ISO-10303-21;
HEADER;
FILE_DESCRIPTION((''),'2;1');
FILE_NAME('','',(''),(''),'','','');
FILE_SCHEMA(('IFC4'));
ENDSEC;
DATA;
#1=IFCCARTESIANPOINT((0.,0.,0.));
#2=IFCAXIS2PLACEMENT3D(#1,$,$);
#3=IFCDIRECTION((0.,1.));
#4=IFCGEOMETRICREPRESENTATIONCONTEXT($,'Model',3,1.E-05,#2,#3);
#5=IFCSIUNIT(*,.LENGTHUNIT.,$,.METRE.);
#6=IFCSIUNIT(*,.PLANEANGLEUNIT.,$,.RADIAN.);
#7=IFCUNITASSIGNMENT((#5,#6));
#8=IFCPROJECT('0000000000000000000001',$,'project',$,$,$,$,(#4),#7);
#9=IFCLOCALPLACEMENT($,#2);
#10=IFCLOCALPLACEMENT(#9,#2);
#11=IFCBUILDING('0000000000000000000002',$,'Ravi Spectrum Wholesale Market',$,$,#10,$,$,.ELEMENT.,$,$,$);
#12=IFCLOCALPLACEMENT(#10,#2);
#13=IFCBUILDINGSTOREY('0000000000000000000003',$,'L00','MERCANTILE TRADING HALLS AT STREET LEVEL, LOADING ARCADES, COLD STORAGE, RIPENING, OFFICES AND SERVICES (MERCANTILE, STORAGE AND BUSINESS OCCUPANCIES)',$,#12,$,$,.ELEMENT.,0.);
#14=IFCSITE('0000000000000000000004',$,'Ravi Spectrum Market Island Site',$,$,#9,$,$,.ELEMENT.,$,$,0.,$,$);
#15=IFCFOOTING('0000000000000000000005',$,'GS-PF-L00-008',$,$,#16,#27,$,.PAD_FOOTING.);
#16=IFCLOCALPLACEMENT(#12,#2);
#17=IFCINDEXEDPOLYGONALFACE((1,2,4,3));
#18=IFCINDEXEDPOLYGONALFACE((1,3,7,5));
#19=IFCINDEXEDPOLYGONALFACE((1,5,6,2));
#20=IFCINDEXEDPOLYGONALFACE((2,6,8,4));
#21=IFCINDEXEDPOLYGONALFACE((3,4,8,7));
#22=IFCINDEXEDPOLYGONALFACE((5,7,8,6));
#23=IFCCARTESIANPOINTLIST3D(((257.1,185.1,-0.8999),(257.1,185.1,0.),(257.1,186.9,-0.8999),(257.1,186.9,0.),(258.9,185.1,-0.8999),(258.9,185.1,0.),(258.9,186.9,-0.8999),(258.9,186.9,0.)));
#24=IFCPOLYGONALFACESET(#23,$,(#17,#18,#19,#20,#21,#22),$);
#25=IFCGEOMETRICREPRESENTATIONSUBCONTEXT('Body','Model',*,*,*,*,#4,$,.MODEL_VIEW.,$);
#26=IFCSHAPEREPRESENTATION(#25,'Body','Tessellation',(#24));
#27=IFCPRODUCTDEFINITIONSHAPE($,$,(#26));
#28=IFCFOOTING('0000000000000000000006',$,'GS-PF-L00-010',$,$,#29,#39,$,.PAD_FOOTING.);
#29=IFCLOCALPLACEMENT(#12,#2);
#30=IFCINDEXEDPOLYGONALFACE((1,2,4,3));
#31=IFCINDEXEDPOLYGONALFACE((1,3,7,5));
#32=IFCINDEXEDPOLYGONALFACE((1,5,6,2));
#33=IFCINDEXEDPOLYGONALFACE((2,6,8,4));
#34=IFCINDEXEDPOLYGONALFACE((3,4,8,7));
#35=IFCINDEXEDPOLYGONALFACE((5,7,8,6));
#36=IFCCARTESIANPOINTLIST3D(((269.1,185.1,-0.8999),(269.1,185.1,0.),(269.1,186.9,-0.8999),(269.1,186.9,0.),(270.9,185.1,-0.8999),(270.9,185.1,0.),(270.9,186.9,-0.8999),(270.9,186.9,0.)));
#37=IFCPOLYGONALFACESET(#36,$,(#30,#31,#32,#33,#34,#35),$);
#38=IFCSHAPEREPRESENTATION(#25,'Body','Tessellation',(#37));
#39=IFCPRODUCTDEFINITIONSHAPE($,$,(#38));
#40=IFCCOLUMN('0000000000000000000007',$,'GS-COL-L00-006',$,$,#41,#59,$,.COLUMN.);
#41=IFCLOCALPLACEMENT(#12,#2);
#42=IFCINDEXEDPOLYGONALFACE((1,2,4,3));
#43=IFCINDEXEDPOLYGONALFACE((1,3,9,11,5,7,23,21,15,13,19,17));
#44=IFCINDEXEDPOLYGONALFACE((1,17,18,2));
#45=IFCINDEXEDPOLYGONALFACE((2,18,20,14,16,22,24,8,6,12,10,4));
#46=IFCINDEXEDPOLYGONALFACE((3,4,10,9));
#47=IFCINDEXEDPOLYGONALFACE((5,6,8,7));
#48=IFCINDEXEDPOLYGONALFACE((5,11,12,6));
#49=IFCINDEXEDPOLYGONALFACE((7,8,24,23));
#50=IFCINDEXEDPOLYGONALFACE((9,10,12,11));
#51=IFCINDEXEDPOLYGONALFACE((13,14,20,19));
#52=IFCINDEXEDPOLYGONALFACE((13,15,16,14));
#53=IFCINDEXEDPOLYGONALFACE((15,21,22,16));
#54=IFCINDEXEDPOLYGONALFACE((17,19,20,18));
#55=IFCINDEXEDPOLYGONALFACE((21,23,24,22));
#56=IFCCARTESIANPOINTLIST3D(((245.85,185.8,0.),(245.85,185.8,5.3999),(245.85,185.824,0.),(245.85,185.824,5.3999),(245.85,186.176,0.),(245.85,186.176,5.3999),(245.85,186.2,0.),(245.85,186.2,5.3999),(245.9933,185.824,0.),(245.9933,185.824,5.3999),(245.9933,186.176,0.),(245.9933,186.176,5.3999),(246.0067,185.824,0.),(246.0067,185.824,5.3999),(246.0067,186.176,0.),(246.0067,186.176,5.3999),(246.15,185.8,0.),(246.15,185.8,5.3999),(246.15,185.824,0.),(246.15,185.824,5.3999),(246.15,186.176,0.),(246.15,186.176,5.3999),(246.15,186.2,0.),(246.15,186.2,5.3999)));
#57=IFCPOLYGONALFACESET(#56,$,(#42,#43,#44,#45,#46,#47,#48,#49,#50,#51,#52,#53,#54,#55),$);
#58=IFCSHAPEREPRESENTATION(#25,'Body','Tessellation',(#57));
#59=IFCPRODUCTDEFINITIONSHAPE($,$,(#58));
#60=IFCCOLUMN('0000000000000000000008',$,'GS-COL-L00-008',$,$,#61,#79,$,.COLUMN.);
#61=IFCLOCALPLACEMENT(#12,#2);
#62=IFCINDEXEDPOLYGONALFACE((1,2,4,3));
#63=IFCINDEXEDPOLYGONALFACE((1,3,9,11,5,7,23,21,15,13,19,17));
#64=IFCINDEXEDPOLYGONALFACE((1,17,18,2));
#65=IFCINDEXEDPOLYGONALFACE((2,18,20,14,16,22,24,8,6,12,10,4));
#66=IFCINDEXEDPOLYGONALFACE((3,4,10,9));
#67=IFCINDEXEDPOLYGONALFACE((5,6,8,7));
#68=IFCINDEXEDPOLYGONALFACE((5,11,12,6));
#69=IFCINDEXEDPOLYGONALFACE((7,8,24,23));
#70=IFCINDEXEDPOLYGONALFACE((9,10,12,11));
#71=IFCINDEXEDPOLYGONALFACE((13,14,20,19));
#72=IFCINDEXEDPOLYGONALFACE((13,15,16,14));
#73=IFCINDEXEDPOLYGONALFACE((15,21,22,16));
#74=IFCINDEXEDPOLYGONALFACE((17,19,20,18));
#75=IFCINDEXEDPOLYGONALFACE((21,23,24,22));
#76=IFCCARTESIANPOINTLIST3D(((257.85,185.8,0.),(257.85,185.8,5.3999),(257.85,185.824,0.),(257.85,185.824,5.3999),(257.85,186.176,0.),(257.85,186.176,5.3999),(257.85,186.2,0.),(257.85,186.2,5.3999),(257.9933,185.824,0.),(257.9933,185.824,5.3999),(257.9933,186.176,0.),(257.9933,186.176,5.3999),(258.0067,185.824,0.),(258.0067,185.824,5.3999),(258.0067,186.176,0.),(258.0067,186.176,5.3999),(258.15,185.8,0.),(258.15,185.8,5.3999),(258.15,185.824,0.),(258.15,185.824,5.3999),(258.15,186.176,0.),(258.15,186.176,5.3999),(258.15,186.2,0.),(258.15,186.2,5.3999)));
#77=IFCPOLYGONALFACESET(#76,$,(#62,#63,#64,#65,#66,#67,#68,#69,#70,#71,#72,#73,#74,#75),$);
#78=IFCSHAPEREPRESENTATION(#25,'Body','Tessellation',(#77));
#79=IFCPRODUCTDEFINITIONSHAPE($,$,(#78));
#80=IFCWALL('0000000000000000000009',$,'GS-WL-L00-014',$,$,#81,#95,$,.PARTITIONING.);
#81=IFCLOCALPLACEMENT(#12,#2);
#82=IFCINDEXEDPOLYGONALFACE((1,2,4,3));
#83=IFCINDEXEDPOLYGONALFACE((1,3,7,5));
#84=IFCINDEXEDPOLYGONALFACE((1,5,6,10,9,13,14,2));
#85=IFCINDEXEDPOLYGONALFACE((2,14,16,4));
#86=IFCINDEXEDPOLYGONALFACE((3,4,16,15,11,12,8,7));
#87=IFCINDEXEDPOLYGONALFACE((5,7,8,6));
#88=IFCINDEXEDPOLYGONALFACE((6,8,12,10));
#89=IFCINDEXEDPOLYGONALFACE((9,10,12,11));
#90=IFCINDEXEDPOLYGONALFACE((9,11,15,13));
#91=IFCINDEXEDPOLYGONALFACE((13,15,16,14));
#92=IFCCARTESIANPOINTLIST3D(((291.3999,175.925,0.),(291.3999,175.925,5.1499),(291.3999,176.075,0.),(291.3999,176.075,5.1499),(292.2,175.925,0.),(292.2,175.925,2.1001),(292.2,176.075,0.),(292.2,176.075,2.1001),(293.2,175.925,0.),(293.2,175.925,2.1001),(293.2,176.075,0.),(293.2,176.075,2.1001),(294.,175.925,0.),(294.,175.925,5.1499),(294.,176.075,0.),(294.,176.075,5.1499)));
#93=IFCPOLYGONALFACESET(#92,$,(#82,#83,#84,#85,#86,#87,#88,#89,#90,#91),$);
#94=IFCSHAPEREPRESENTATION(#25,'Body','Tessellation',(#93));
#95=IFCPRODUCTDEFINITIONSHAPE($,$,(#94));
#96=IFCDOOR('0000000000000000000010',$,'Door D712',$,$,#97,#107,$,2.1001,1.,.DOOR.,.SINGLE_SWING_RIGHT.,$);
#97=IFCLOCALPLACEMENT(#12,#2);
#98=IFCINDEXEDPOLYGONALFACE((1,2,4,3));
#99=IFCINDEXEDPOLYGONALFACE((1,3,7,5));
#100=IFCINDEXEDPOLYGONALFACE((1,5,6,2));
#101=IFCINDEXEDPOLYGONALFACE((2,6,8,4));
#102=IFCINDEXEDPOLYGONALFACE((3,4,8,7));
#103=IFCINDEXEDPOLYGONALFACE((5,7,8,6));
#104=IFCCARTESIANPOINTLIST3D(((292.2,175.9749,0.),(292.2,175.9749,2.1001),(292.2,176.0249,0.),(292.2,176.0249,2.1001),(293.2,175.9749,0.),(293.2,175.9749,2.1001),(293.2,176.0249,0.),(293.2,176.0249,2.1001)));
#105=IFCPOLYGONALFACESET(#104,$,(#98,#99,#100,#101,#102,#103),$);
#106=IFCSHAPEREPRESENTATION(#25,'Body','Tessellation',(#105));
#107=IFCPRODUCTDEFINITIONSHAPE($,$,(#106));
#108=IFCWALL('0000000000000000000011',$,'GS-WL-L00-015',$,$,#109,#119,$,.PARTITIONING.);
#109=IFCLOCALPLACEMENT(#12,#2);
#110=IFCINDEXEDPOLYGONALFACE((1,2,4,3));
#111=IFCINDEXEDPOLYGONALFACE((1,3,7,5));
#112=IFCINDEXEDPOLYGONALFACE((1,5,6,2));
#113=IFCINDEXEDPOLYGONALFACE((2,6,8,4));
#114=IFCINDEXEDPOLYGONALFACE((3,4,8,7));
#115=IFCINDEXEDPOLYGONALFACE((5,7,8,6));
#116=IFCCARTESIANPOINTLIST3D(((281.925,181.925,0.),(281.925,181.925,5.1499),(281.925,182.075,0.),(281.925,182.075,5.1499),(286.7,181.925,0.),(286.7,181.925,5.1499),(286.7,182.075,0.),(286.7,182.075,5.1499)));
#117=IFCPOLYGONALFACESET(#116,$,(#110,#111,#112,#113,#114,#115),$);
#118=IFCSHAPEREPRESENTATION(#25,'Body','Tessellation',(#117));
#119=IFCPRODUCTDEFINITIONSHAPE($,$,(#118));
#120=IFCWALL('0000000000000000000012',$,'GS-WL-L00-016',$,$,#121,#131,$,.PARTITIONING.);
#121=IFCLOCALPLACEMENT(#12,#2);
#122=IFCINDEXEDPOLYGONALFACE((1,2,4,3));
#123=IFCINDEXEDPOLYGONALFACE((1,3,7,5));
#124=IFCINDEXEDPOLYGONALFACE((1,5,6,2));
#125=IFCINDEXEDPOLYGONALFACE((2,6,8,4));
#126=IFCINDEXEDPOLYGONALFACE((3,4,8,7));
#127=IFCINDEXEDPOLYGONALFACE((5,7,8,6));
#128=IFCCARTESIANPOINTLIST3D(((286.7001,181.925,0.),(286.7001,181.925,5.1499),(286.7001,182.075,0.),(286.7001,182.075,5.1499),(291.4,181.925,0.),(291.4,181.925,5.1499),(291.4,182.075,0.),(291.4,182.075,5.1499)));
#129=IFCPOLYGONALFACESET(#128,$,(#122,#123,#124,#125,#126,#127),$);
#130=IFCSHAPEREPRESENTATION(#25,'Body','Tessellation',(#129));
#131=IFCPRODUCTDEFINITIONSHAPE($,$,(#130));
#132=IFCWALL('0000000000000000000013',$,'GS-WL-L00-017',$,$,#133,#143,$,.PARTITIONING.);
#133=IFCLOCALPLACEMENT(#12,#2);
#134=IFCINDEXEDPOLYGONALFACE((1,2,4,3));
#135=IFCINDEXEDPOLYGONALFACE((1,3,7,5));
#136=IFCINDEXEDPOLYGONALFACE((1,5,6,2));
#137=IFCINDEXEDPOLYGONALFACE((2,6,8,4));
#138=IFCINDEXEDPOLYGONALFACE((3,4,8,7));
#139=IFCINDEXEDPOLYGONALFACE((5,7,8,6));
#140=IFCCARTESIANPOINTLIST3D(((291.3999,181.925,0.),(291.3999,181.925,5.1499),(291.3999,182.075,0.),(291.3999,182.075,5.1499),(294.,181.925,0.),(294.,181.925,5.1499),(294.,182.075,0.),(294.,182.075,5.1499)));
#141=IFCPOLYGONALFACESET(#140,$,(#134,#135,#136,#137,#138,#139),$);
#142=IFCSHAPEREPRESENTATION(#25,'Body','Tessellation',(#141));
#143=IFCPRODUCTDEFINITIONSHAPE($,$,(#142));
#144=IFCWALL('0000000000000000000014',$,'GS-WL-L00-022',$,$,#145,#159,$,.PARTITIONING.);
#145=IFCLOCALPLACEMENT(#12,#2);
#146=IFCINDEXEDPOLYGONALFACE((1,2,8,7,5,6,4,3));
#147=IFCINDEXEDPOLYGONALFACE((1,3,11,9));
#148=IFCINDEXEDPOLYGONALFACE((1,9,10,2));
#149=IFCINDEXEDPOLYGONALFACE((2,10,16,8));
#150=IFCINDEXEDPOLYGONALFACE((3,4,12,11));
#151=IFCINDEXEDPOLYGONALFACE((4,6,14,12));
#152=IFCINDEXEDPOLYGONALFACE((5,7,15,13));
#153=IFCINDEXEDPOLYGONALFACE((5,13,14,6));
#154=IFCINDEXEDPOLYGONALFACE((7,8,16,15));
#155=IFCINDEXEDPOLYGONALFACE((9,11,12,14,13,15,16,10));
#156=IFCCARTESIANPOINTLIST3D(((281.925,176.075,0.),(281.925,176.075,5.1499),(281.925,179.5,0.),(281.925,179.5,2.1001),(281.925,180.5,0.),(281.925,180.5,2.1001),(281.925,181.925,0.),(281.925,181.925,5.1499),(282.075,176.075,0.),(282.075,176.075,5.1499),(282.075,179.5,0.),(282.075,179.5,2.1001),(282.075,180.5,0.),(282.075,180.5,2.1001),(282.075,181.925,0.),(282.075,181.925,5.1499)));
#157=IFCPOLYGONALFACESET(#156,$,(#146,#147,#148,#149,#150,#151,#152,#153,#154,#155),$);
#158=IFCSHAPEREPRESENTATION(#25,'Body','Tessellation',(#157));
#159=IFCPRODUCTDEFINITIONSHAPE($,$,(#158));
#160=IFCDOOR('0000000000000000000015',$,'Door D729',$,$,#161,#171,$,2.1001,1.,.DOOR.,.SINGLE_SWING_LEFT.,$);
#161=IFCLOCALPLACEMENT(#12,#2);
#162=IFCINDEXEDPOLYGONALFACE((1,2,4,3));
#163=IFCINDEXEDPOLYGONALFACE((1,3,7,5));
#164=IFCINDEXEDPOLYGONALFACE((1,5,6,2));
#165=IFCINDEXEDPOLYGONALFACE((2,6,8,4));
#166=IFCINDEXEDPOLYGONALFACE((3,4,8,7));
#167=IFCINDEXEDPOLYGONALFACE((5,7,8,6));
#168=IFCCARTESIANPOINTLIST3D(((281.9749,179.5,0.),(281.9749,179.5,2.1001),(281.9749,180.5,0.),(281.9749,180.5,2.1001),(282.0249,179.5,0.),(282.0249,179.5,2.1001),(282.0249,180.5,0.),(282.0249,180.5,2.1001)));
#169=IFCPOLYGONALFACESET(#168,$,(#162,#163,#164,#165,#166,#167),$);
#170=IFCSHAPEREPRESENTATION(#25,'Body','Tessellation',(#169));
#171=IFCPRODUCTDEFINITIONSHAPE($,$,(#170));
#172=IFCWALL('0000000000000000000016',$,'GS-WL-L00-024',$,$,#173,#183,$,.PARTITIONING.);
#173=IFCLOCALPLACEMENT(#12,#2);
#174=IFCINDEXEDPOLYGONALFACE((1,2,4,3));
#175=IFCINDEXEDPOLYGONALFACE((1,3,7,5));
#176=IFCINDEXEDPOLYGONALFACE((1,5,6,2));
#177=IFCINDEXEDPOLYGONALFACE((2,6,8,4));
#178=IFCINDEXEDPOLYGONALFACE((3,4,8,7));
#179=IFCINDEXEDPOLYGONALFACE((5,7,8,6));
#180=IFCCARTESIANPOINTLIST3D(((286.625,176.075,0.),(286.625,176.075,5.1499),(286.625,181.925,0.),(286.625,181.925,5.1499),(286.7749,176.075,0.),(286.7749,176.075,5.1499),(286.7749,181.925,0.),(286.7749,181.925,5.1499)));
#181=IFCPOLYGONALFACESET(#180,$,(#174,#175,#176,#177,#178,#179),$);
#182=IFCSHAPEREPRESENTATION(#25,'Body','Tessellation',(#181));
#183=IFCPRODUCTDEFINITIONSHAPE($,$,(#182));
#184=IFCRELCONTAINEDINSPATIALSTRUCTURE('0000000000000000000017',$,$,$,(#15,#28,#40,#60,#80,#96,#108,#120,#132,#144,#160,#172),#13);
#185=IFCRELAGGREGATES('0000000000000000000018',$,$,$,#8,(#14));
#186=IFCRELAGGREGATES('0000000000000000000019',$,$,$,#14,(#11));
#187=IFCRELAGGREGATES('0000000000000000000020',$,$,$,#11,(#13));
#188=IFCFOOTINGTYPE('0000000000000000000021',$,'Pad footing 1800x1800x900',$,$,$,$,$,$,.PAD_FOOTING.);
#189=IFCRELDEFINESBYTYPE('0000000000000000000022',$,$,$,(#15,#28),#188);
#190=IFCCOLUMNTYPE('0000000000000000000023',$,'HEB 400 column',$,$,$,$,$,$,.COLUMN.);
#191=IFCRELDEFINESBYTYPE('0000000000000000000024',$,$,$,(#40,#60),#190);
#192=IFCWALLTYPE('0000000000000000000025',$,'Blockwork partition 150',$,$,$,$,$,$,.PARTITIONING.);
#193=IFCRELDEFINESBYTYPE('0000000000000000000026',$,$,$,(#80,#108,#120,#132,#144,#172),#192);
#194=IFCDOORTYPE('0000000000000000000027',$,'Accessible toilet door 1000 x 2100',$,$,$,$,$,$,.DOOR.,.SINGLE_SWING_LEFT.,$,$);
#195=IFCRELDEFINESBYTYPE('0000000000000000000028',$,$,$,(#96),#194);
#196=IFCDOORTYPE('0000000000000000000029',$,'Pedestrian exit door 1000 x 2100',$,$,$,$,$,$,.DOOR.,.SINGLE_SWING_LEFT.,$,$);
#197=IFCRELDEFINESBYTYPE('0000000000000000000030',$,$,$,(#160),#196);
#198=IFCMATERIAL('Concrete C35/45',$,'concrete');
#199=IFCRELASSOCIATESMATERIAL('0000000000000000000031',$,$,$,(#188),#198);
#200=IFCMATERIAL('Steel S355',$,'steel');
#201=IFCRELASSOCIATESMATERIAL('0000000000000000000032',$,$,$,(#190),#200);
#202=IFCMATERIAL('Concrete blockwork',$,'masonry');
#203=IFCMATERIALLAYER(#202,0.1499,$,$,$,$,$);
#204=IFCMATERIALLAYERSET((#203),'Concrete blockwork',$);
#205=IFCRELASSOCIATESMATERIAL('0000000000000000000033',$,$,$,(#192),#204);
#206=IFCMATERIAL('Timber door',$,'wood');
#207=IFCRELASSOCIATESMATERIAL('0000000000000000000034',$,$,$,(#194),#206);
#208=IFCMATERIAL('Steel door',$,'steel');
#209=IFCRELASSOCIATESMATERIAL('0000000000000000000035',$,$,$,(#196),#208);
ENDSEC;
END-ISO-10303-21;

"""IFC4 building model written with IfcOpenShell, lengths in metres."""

from ifc_helpers import new_model, si_unit, direction, frame, frame_2d, origin, origin_2d, place, context, subcontext, project, spatial, rectangle, i_section, extrude, material, layer, layer_set, material_profile, profile_set, type_object, element, fill, save


model = new_model("IFC4")

# Units and contexts
model_context = context("Model", 3, precision=1e-05, world=origin(), true_north=direction((0.0, 1.0)))
body_context = subcontext(model_context, "Body", "Model", "MODEL_VIEW")
ifc_project = project(units=[si_unit("LENGTHUNIT", "METRE"), si_unit("PLANEANGLEUNIT", "RADIAN")], contexts=[model_context])

# Site, building, storey
site_placement = place(None, origin())
site = spatial("IfcSite", under=ifc_project, at=site_placement, Name="Ravi Spectrum Market Island Site", CompositionType="ELEMENT", RefElevation=0.0)
building_placement = place(site_placement, origin())
building = spatial("IfcBuilding", under=site, at=building_placement, Name="Ravi Spectrum Wholesale Market", CompositionType="ELEMENT")
storey_placement = place(building_placement, origin())
storey = spatial("IfcBuildingStorey", under=building, at=storey_placement, Name="L00", Description="MERCANTILE TRADING HALLS AT STREET LEVEL, LOADING ARCADES, COLD STORAGE, RIPENING, OFFICES AND SERVICES (MERCANTILE, STORAGE AND BUSINESS OCCUPANCIES)", CompositionType="ELEMENT", Elevation=0.0)

# Footings
ifc_material_1 = material(Name="Concrete C35/45", Category="concrete")
footing_type = type_object("IfcFootingType", Name="Pad footing 1800x1800x900", PredefinedType="PAD_FOOTING", material=ifc_material_1)
for number, where, z_axis, x_axis, name in (
    (1, (258.0, 186.0, -0.8999), (0.0, 0.0, 1.0), (1.0, 0.0, 0.0), "GS-PF-L00-008"),
    (2, (270.0, 186.0, -0.8999), (0.0, 0.0, 1.0), (1.0, 0.0, 0.0), "GS-PF-L00-010"),
):
    element("IfcFooting", number, at=place(storey_placement, frame(where, z_axis=z_axis, x_axis=x_axis)), inside=storey, type_object=footing_type, Name=name, PredefinedType="PAD_FOOTING", context=body_context, shape_type="SweptSolid", body=[
        extrude(rectangle(XDim=1.8, YDim=1.8, at=origin_2d()), origin(), (0.0, 0.0, 1.0), 0.8999),
    ])

# Columns
ifc_material_2 = material(Name="Steel S355", Category="steel")
ifc_material_profile = material_profile(ifc_material_2, i_section(OverallWidth=0.3, OverallDepth=0.3999, WebThickness=0.0134, FlangeThickness=0.0239, at=origin_2d()))
ifc_profile_set = profile_set([ifc_material_profile], Name="Steel S355")
column_type = type_object("IfcColumnType", Name="HEB 400 column", PredefinedType="COLUMN", material=ifc_profile_set)
for number, where, z_axis, x_axis, name in (
    (3, (246.0, 186.0, 0.0), (0.0, 0.0, 1.0), (1.0, 0.0, 0.0), "GS-COL-L00-006"),
    (4, (258.0, 186.0, 0.0), (0.0, 0.0, 1.0), (1.0, 0.0, 0.0), "GS-COL-L00-008"),
):
    element("IfcColumn", number, at=place(storey_placement, frame(where, z_axis=z_axis, x_axis=x_axis)), inside=storey, type_object=column_type, Name=name, PredefinedType="COLUMN", context=body_context, shape_type="SweptSolid", body=[
        extrude(i_section(OverallWidth=0.3, OverallDepth=0.3999, WebThickness=0.0134, FlangeThickness=0.0239, at=origin_2d()), origin(), (0.0, 0.0, 1.0), 5.3999),
    ])

# Wall, opening, door
ifc_material_3 = material(Name="Concrete blockwork", Category="masonry")
ifc_layer = layer(ifc_material_3, 0.1499)
ifc_layer_set = layer_set([ifc_layer], Name="Concrete blockwork")
wall_type = type_object("IfcWallType", Name="Blockwork partition 150", PredefinedType="PARTITIONING", material=ifc_layer_set)
wall_1_placement = place(storey_placement, frame((291.3999, 176.0, 0.0), z_axis=(0.0, 0.0, 1.0), x_axis=(1.0, 0.0, 0.0)))
wall_1 = element("IfcWall", 5, at=wall_1_placement, inside=storey, type_object=wall_type, Name="GS-WL-L00-014", PredefinedType="PARTITIONING", context=body_context, shape_type="SweptSolid", body=[
    extrude(rectangle(XDim=2.6001, YDim=0.1499, at=frame_2d((1.3, 0.0))), origin(), (0.0, 0.0, 1.0), 5.1499),
])
opening_1_placement = place(wall_1_placement, frame((0.8, 0.0, 0.0)))
opening_1 = element("IfcOpeningElement", 6, at=opening_1_placement, cuts=wall_1, PredefinedType="OPENING", context=body_context, shape_type="SweptSolid", body=[
    extrude(rectangle(XDim=1.0, YDim=2.1001, at=frame_2d((0.5, 1.05))), frame((0.0, 0.085, 0.0), z_axis=(0.0, -1.0, 0.0), x_axis=(1.0, 0.0, 0.0)), (0.0, 0.0, 1.0), 0.1699),
])
ifc_material_4 = material(Name="Timber door", Category="wood")
door_type_1 = type_object("IfcDoorType", Name="Accessible toilet door 1000 x 2100", OperationType="SINGLE_SWING_LEFT", PredefinedType="DOOR", material=ifc_material_4)
door_1_placement = place(opening_1_placement, origin())
door_1 = element("IfcDoor", 7, at=door_1_placement, inside=storey, type_object=door_type_1, Name="Door D712", OperationType="SINGLE_SWING_RIGHT", OverallHeight=2.1001, OverallWidth=1.0, PredefinedType="DOOR", context=body_context, shape_type="SweptSolid", body=[
    extrude(rectangle(XDim=1.0, YDim=2.1001, at=frame_2d((0.5, 1.05))), frame((0.0, 0.0249, 0.0), z_axis=(0.0, -1.0, 0.0), x_axis=(1.0, 0.0, 0.0)), (0.0, 0.0, 1.0), 0.05),
])
fill(opening_1, door_1)

# Walls
wall_2_placement = place(storey_placement, frame((281.925, 182.0, 0.0), z_axis=(0.0, 0.0, 1.0), x_axis=(1.0, 0.0, 0.0)))
element("IfcWall", 8, at=wall_2_placement, inside=storey, type_object=wall_type, Name="GS-WL-L00-015", PredefinedType="PARTITIONING", context=body_context, shape_type="SweptSolid", body=[
    extrude(rectangle(XDim=4.7749, YDim=0.1499, at=frame_2d((2.3875, 0.0))), origin(), (0.0, 0.0, 1.0), 5.1499),
])
wall_3_placement = place(storey_placement, frame((286.7, 182.0, 0.0), z_axis=(0.0, 0.0, 1.0), x_axis=(1.0, 0.0, 0.0)))
element("IfcWall", 9, at=wall_3_placement, inside=storey, type_object=wall_type, Name="GS-WL-L00-016", PredefinedType="PARTITIONING", context=body_context, shape_type="SweptSolid", body=[
    extrude(rectangle(XDim=4.7, YDim=0.1499, at=frame_2d((2.3501, 0.0))), origin(), (0.0, 0.0, 1.0), 5.1499),
])
wall_4_placement = place(storey_placement, frame((291.3999, 182.0, 0.0), z_axis=(0.0, 0.0, 1.0), x_axis=(1.0, 0.0, 0.0)))
element("IfcWall", 10, at=wall_4_placement, inside=storey, type_object=wall_type, Name="GS-WL-L00-017", PredefinedType="PARTITIONING", context=body_context, shape_type="SweptSolid", body=[
    extrude(rectangle(XDim=2.6001, YDim=0.1499, at=frame_2d((1.3, 0.0))), origin(), (0.0, 0.0, 1.0), 5.1499),
])

# Wall, opening, door
wall_5_placement = place(storey_placement, frame((282.0, 176.075, 0.0), z_axis=(0.0, 0.0, 1.0), x_axis=(0.0, 1.0, 0.0)))
wall_5 = element("IfcWall", 11, at=wall_5_placement, inside=storey, type_object=wall_type, Name="GS-WL-L00-022", PredefinedType="PARTITIONING", context=body_context, shape_type="SweptSolid", body=[
    extrude(rectangle(XDim=5.8501, YDim=0.1499, at=frame_2d((2.925, 0.0))), origin(), (0.0, 0.0, 1.0), 5.1499),
])
opening_2_placement = place(wall_5_placement, frame((4.425, 0.0, 0.0), z_axis=(0.0, 0.0, 1.0), x_axis=(-1.0, 0.0, 0.0)))
opening_2 = element("IfcOpeningElement", 12, at=opening_2_placement, cuts=wall_5, PredefinedType="OPENING", context=body_context, shape_type="SweptSolid", body=[
    extrude(rectangle(XDim=1.0, YDim=2.1001, at=frame_2d((0.5, 1.05))), frame((0.0, 0.085, 0.0), z_axis=(0.0, -1.0, 0.0), x_axis=(1.0, 0.0, 0.0)), (0.0, 0.0, 1.0), 0.1699),
])
ifc_material_5 = material(Name="Steel door", Category="steel")
door_type_2 = type_object("IfcDoorType", Name="Pedestrian exit door 1000 x 2100", OperationType="SINGLE_SWING_LEFT", PredefinedType="DOOR", material=ifc_material_5)
door_2_placement = place(opening_2_placement, origin())
door_2 = element("IfcDoor", 13, at=door_2_placement, inside=storey, type_object=door_type_2, Name="Door D729", OperationType="SINGLE_SWING_LEFT", OverallHeight=2.1001, OverallWidth=1.0, PredefinedType="DOOR", context=body_context, shape_type="SweptSolid", body=[
    extrude(rectangle(XDim=1.0, YDim=2.1001, at=frame_2d((0.5, 1.05))), frame((0.0, 0.0249, 0.0), z_axis=(0.0, -1.0, 0.0), x_axis=(1.0, 0.0, 0.0)), (0.0, 0.0, 1.0), 0.05),
])
fill(opening_2, door_2)

# Wall
for number, where, z_axis, x_axis, name in (
    (14, (286.7, 176.075, 0.0), (0.0, 0.0, 1.0), (0.0, 1.0, 0.0), "GS-WL-L00-024"),
):
    element("IfcWall", number, at=place(storey_placement, frame(where, z_axis=z_axis, x_axis=x_axis)), inside=storey, type_object=wall_type, Name=name, PredefinedType="PARTITIONING", context=body_context, shape_type="SweptSolid", body=[
        extrude(rectangle(XDim=5.8501, YDim=0.1499, at=frame_2d((2.925, 0.0))), origin(), (0.0, 0.0, 1.0), 5.1499),
    ])

save(model, "model.ifc")
